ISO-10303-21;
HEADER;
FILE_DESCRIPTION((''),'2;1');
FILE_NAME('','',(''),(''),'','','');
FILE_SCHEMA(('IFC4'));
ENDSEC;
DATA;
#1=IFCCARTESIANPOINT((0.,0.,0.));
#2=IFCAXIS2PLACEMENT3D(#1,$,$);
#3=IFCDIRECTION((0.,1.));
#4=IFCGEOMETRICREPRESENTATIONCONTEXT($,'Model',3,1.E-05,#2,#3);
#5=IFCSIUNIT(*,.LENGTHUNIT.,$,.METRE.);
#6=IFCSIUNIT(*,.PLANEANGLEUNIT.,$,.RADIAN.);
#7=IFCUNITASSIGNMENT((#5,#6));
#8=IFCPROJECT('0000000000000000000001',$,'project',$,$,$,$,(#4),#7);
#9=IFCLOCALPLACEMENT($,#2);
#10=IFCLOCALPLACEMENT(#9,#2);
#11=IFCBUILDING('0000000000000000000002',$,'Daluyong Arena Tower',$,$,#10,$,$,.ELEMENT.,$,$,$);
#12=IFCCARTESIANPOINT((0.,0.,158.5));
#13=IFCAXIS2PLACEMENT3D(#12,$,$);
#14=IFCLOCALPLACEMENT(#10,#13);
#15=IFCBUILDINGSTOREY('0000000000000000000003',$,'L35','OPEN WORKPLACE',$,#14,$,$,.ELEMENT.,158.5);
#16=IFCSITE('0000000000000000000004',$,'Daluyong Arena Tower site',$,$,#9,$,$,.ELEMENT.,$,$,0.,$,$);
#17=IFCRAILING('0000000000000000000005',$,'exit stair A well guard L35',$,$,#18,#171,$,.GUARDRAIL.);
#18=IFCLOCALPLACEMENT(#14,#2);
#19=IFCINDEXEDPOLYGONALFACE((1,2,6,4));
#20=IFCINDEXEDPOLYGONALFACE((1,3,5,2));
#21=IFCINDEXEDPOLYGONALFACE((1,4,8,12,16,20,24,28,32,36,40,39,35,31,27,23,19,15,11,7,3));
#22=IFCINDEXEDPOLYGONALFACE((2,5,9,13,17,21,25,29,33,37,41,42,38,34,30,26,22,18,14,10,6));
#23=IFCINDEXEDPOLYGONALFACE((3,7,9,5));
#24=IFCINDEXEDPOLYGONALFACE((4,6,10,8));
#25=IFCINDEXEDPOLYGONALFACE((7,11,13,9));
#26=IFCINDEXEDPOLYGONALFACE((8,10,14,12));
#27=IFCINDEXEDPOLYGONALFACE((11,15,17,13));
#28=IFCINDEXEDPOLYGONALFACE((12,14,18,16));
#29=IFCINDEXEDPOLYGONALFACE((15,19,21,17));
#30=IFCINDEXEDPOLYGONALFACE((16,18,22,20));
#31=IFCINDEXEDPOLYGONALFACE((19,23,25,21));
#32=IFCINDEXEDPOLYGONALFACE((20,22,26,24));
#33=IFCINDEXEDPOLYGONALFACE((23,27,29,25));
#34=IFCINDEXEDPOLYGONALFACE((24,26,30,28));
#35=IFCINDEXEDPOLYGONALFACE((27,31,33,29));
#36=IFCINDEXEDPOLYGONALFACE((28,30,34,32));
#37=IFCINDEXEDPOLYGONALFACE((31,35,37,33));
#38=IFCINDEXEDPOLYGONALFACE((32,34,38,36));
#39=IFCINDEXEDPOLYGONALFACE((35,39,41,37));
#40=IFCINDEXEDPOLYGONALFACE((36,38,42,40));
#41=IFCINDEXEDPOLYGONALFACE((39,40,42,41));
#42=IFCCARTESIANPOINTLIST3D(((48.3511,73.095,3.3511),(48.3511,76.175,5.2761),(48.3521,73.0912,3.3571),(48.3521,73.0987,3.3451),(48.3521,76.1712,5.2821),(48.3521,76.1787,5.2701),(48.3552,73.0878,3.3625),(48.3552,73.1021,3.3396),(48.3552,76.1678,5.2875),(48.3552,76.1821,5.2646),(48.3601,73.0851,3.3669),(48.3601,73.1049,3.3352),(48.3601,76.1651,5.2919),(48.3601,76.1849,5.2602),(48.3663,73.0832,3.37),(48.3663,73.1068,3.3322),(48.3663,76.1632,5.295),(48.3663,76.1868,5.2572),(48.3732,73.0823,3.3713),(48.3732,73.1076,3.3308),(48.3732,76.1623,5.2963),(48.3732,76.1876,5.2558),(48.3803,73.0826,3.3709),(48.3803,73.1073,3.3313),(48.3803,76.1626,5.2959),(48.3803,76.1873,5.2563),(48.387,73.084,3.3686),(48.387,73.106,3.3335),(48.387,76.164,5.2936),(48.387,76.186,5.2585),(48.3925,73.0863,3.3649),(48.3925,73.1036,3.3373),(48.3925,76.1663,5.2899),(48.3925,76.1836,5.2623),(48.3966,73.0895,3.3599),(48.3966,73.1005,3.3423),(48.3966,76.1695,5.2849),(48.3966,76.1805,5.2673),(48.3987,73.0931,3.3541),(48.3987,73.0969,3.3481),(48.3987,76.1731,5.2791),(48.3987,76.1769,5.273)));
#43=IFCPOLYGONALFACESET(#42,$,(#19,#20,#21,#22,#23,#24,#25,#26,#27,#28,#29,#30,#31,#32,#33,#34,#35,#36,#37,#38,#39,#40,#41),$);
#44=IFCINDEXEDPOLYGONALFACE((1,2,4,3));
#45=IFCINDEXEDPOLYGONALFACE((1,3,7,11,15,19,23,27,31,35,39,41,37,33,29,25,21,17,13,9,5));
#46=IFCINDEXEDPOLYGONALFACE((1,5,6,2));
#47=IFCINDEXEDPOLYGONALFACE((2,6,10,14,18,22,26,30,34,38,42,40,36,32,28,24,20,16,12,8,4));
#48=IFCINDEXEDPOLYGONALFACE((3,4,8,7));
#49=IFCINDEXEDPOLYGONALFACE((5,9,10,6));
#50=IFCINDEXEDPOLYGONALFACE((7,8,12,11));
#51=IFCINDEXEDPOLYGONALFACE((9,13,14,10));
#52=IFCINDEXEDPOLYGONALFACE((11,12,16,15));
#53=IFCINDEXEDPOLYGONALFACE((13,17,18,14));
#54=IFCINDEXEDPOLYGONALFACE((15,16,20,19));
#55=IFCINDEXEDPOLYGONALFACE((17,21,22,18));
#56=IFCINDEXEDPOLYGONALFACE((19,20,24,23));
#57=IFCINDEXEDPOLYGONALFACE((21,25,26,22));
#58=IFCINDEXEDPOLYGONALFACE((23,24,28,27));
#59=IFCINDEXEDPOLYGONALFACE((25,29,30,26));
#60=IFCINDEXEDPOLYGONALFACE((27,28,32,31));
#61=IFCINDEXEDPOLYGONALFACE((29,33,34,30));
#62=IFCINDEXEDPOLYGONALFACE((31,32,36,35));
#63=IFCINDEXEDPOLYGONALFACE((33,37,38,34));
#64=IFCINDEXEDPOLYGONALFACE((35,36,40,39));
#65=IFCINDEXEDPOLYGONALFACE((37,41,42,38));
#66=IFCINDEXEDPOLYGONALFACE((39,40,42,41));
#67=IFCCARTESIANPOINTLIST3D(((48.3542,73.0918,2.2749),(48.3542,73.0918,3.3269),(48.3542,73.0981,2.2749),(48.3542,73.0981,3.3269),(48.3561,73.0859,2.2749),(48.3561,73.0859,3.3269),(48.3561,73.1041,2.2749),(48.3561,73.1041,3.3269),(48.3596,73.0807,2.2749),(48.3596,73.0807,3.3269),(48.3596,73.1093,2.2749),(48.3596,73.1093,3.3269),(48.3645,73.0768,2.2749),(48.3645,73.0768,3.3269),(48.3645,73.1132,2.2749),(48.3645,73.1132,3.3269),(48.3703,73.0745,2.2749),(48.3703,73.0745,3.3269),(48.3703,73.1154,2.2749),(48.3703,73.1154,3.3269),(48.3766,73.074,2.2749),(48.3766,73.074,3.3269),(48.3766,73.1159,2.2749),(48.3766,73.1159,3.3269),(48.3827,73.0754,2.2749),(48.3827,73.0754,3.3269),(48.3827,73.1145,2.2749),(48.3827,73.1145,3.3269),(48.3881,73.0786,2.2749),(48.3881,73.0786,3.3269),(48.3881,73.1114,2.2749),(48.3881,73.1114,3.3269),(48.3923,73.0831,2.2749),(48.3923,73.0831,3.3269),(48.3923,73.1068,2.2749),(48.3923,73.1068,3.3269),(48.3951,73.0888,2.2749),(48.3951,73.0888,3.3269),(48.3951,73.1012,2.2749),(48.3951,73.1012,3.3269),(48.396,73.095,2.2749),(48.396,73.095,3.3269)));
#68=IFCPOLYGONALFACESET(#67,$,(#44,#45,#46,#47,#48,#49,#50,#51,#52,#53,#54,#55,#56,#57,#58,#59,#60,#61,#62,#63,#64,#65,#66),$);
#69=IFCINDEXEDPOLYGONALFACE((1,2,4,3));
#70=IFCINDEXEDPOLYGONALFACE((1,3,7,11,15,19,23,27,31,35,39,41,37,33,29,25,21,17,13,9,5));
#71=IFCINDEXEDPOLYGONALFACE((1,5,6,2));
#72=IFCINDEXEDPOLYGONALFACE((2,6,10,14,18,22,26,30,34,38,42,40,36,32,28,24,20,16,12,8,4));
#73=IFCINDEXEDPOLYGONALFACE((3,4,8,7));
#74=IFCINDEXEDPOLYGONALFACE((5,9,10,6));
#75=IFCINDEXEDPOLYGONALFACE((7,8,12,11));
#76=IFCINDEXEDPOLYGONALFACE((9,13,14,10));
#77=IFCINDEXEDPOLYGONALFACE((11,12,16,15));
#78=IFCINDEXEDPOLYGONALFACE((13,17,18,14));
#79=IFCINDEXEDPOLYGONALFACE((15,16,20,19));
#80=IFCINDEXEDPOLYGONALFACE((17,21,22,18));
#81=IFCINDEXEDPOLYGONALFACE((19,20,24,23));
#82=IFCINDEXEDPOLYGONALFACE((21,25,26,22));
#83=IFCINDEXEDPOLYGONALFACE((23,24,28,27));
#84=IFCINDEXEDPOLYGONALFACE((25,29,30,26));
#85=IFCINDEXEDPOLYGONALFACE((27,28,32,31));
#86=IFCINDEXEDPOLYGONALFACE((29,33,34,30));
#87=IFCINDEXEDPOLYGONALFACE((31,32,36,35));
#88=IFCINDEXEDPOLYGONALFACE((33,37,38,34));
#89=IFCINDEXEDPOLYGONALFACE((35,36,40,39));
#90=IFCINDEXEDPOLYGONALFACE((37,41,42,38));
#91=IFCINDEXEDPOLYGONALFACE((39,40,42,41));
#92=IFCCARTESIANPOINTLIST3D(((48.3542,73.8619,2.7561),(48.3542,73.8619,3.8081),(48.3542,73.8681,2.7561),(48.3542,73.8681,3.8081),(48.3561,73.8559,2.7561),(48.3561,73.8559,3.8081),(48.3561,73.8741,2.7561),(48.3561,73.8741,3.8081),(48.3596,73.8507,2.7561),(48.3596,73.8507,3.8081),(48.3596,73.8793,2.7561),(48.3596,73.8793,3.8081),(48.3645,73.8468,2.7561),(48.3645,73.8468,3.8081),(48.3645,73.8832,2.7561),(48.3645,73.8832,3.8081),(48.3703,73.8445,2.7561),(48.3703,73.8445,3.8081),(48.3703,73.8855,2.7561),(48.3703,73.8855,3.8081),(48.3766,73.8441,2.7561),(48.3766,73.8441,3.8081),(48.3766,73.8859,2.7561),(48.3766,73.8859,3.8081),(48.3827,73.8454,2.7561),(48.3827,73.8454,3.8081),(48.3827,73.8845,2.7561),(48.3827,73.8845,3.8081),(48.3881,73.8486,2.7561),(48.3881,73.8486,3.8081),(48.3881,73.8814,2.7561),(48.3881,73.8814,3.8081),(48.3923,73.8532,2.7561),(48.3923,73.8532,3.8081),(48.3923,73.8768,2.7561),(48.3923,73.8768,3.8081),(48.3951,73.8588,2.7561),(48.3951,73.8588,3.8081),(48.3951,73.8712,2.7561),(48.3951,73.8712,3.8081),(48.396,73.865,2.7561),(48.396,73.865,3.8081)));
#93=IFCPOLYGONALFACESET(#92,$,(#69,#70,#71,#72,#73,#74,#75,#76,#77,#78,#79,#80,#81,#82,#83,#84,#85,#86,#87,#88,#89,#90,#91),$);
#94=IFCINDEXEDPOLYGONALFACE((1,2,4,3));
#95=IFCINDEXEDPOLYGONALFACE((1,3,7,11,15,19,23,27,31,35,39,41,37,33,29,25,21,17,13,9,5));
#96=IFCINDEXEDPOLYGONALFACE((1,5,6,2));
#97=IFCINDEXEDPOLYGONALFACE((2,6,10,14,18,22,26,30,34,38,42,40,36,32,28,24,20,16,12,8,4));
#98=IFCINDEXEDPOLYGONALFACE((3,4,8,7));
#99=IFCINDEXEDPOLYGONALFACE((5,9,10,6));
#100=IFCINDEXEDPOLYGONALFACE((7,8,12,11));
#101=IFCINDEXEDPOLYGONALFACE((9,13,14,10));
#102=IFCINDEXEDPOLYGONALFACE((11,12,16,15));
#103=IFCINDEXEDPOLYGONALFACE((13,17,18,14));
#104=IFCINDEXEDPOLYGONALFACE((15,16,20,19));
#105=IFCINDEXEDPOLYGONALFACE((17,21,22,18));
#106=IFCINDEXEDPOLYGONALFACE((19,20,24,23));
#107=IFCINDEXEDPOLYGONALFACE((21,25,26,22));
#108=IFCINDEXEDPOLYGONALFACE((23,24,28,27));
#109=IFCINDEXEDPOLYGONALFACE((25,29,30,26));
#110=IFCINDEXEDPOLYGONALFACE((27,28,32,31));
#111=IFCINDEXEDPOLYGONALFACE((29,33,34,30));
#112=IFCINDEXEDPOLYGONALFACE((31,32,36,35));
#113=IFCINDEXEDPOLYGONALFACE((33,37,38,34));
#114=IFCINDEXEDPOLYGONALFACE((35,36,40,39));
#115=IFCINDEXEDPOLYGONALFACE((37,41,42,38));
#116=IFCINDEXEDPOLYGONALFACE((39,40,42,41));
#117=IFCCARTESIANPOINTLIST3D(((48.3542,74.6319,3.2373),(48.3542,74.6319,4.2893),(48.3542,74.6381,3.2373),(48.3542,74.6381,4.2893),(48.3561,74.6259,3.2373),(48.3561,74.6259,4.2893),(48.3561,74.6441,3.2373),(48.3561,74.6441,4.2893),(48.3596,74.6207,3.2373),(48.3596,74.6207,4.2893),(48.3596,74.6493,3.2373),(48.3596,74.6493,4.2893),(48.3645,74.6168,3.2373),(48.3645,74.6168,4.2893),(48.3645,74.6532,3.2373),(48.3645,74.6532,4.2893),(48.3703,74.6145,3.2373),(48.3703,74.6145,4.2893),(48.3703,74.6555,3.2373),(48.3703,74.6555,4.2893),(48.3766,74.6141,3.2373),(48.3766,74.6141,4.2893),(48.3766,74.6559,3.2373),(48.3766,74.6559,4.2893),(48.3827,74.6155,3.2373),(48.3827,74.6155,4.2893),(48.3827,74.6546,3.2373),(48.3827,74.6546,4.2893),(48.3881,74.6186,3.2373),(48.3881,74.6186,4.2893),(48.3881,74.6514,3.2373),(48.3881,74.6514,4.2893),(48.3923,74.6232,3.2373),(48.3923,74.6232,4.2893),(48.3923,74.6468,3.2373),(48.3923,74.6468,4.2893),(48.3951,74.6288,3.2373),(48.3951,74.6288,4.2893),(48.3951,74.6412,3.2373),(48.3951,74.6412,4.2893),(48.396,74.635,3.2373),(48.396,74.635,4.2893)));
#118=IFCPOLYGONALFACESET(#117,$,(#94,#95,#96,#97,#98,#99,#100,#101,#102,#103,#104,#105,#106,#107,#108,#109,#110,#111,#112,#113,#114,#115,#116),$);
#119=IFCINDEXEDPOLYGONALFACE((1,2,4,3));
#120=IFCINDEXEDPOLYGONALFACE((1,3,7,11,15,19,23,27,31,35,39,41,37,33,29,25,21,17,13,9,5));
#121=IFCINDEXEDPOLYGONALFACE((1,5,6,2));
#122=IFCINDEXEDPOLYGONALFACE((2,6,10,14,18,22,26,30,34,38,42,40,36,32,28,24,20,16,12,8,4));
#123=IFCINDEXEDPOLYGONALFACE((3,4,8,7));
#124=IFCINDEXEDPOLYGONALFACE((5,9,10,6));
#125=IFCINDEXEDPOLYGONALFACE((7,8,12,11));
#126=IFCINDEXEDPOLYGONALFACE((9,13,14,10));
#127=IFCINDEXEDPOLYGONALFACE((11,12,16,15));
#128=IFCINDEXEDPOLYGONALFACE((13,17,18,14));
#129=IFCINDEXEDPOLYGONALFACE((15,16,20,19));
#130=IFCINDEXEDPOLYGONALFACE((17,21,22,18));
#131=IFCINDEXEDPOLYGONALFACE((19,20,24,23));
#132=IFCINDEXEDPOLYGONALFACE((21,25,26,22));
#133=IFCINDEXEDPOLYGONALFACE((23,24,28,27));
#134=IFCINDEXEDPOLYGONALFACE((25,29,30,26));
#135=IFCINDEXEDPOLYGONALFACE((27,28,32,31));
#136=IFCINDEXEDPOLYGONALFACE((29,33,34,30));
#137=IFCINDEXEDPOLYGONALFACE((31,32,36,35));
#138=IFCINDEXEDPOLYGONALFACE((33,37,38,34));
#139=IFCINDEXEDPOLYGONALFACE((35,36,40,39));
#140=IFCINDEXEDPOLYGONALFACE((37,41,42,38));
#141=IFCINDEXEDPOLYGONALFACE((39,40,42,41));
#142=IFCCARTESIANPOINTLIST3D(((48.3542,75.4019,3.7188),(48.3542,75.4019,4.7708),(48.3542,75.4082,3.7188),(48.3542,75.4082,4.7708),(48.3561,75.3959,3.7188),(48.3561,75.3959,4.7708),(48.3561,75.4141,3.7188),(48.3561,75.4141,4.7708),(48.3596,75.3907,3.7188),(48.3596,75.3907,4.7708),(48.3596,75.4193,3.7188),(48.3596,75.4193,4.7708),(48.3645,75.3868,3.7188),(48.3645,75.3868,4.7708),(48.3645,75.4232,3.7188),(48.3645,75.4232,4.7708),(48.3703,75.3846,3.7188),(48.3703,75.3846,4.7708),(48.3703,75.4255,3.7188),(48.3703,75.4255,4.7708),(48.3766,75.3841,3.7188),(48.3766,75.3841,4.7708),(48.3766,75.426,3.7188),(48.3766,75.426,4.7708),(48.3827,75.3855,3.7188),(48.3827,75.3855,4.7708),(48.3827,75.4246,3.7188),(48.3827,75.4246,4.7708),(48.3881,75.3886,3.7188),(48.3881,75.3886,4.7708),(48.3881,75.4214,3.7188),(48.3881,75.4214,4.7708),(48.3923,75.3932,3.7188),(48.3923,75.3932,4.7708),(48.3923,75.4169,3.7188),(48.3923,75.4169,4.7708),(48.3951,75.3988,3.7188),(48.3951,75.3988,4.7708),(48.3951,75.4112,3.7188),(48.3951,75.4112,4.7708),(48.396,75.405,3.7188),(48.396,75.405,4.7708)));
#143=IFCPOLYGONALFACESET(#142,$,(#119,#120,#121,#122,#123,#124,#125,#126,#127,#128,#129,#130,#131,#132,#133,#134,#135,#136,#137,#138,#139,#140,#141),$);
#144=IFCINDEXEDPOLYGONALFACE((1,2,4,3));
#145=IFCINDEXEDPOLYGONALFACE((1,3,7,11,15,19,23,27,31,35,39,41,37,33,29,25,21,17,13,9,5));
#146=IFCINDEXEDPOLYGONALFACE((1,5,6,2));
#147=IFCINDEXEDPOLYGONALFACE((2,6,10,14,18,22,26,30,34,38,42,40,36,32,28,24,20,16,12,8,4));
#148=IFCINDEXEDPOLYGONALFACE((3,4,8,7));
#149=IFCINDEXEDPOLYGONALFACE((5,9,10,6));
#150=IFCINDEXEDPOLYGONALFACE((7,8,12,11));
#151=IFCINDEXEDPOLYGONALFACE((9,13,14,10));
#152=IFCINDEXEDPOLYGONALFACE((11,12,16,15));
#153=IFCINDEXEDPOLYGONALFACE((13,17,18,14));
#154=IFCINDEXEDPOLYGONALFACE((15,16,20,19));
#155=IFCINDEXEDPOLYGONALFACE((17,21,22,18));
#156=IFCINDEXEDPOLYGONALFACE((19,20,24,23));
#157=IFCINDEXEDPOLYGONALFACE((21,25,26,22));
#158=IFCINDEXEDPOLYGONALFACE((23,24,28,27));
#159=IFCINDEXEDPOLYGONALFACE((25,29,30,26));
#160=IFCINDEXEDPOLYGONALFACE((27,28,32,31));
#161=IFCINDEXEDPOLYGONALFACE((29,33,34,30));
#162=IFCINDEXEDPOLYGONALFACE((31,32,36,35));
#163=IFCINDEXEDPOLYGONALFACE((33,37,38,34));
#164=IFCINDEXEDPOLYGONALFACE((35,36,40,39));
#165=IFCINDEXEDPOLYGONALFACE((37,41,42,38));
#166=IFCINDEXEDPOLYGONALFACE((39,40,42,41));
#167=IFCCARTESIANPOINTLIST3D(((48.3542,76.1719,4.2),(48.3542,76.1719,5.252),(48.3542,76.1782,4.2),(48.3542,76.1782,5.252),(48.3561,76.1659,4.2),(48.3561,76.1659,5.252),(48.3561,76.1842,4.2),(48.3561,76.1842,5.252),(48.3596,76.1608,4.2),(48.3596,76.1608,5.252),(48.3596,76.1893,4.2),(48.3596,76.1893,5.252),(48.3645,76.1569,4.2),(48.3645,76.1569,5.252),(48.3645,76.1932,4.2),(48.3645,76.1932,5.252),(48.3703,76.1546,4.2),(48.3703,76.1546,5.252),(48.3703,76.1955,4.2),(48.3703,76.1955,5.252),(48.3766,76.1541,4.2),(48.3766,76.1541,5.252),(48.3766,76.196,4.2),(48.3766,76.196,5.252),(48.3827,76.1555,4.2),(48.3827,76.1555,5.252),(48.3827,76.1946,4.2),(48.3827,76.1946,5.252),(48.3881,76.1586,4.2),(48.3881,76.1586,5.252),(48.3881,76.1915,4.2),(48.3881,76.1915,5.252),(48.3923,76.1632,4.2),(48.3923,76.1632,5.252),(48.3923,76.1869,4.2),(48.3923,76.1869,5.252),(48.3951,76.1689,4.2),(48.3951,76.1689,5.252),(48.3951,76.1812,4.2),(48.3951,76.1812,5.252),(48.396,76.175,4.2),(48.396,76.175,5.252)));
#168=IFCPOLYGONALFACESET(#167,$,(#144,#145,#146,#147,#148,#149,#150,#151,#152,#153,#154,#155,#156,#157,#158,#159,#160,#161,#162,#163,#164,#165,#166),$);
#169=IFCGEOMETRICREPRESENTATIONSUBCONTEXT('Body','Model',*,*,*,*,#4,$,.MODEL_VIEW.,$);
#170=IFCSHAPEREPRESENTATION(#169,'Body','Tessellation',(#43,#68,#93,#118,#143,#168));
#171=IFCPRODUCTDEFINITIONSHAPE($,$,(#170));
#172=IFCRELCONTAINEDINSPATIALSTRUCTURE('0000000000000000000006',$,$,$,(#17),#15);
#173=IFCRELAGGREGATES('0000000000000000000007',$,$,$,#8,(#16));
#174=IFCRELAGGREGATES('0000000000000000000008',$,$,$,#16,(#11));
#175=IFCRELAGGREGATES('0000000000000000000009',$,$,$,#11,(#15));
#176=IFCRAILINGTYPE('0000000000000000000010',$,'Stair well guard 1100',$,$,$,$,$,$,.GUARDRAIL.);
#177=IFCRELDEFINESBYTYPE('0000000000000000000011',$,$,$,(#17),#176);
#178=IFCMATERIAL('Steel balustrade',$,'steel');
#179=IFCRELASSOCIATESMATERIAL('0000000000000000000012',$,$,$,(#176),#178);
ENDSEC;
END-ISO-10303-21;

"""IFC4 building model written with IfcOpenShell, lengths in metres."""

from ifc_helpers import new_model, si_unit, direction, frame, origin, origin_2d, place, context, subcontext, project, spatial, circle, extrude, material, type_object, element, save


model = new_model("IFC4")

# Units and contexts
model_context = context("Model", 3, precision=1e-05, world=origin(), true_north=direction((0.0, 1.0)))
body_context = subcontext(model_context, "Body", "Model", "MODEL_VIEW")
ifc_project = project(units=[si_unit("LENGTHUNIT", "METRE"), si_unit("PLANEANGLEUNIT", "RADIAN")], contexts=[model_context])

# Site, building, storey
site_placement = place(None, origin())
site = spatial("IfcSite", under=ifc_project, at=site_placement, Name="Daluyong Arena Tower site", CompositionType="ELEMENT", RefElevation=0.0)
building_placement = place(site_placement, origin())
building = spatial("IfcBuilding", under=site, at=building_placement, Name="Daluyong Arena Tower", CompositionType="ELEMENT")
storey_placement = place(building_placement, frame((0.0, 0.0, 158.5)))
storey = spatial("IfcBuildingStorey", under=building, at=storey_placement, Name="L35", Description="OPEN WORKPLACE", CompositionType="ELEMENT", Elevation=158.5)

# Railing
ifc_material_1 = material(Name="Steel balustrade", Category="steel")
railing_type_1 = type_object("IfcRailingType", Name="Stair well guard 1100", PredefinedType="GUARDRAIL", material=ifc_material_1)
railing_1_placement = place(storey_placement, frame((48.375, 73.095, 2.2749)))
element("IfcRailing", 1, at=railing_1_placement, inside=storey, type_object=railing_type_1, Name="exit stair A well guard L35", PredefinedType="GUARDRAIL", context=body_context, shape_type="SweptSolid", body=[
    extrude(circle(Radius=0.0239, at=origin_2d()), frame((0.0, 0.0, 1.0762), z_axis=(0.0, 0.847998, 0.529999), x_axis=(-1.0, 0.0, 0.0)), (0.0, 0.0, 1.0), 3.6321),
    extrude(circle(Radius=0.021, at=origin_2d()), origin(), (0.0, 0.0, 1.0), 1.052),
    extrude(circle(Radius=0.021, at=origin_2d()), frame((0.0, 0.77, 0.4812)), (0.0, 0.0, 1.0), 1.052),
    extrude(circle(Radius=0.021, at=origin_2d()), frame((0.0, 1.54, 0.9624)), (0.0, 0.0, 1.0), 1.052),
    extrude(circle(Radius=0.021, at=origin_2d()), frame((0.0, 2.3101, 1.4438)), (0.0, 0.0, 1.0), 1.052),
    extrude(circle(Radius=0.021, at=origin_2d()), frame((0.0, 3.0801, 1.925)), (0.0, 0.0, 1.0), 1.052),
])

save(model, "model.ifc")
